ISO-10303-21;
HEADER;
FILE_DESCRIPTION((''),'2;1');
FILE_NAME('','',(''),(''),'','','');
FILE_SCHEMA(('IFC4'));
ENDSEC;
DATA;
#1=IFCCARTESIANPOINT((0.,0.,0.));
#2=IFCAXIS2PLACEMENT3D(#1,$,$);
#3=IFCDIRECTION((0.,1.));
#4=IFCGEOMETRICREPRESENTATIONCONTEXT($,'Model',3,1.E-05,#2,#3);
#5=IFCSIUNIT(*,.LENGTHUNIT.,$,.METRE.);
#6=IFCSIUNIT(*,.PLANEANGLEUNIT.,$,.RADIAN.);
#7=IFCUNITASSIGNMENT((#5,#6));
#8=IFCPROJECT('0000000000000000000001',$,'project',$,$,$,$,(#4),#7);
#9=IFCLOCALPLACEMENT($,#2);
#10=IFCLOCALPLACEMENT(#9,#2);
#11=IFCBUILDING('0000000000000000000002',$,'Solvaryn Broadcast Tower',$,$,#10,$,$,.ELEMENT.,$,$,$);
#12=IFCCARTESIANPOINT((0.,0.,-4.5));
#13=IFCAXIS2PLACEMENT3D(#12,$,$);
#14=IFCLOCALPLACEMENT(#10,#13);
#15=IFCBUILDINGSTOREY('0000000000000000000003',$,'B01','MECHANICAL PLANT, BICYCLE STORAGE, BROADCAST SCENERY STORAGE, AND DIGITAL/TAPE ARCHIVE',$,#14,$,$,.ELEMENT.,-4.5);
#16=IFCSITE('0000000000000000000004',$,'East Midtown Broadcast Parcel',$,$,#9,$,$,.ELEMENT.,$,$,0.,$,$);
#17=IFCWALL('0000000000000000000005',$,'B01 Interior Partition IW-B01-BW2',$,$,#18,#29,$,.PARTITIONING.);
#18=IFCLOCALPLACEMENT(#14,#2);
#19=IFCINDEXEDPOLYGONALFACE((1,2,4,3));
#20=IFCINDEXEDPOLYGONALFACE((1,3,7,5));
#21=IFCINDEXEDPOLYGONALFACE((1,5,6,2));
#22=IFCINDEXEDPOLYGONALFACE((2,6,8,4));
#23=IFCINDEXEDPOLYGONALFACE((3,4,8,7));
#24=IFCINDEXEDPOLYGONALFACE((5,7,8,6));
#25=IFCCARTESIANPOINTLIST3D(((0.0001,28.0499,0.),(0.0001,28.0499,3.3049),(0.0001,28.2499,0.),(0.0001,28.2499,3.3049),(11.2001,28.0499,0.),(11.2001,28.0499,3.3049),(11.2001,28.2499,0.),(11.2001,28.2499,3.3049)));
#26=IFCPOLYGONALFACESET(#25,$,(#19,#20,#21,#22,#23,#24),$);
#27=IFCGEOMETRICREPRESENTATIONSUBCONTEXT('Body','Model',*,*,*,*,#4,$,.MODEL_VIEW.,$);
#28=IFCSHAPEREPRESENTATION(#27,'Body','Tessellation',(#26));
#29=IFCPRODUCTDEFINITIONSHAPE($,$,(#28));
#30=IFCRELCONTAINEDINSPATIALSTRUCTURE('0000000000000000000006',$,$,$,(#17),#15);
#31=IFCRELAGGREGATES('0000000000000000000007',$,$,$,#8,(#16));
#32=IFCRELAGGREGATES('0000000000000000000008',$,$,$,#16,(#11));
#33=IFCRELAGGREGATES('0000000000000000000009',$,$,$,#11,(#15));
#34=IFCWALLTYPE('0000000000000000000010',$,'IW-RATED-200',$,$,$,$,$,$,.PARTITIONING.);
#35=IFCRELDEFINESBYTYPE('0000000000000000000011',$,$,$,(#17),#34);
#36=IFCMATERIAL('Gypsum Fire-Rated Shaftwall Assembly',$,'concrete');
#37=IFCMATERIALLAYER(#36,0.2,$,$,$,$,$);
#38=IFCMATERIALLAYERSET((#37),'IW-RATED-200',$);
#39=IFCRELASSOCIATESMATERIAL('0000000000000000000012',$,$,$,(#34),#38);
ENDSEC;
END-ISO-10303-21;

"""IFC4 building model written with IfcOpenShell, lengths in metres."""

from ifc_helpers import new_model, si_unit, direction, frame, frame_2d, origin, place, context, subcontext, project, spatial, rectangle, extrude, material, layer, layer_set, type_object, element, save


model = new_model("IFC4")

# Units and contexts
model_context = context("Model", 3, precision=1e-05, world=origin(), true_north=direction((0.0, 1.0)))
body_context = subcontext(model_context, "Body", "Model", "MODEL_VIEW")
ifc_project = project(units=[si_unit("LENGTHUNIT", "METRE"), si_unit("PLANEANGLEUNIT", "RADIAN")], contexts=[model_context])

# Site, building, storey
site_placement = place(None, origin())
site = spatial("IfcSite", under=ifc_project, at=site_placement, Name="East Midtown Broadcast Parcel", CompositionType="ELEMENT", RefElevation=0.0)
building_placement = place(site_placement, origin())
building = spatial("IfcBuilding", under=site, at=building_placement, Name="Solvaryn Broadcast Tower", CompositionType="ELEMENT")
storey_placement = place(building_placement, frame((0.0, 0.0, -4.5)))
storey = spatial("IfcBuildingStorey", under=building, at=storey_placement, Name="B01", Description="MECHANICAL PLANT, BICYCLE STORAGE, BROADCAST SCENERY STORAGE, AND DIGITAL/TAPE ARCHIVE", CompositionType="ELEMENT", Elevation=-4.5)

# Wall
ifc_material_1 = material(Name="Gypsum Fire-Rated Shaftwall Assembly", Category="concrete")
ifc_layer = layer(ifc_material_1, 0.2)
ifc_layer_set = layer_set([ifc_layer], Name="IW-RATED-200")
wall_type = type_object("IfcWallType", Name="IW-RATED-200", PredefinedType="PARTITIONING", material=ifc_layer_set)
wall_placement = place(storey_placement, frame((0.0, 28.1499, 0.0), z_axis=(0.0, 0.0, 1.0), x_axis=(1.0, 0.0, 0.0)))
element("IfcWall", 1, at=wall_placement, inside=storey, type_object=wall_type, Name="B01 Interior Partition IW-B01-BW2", PredefinedType="PARTITIONING", context=body_context, shape_type="SweptSolid", body=[
    extrude(rectangle(XDim=11.2, YDim=0.2, at=frame_2d((5.6001, 0.0))), origin(), (0.0, 0.0, 1.0), 3.3049),
])

save(model, "model.ifc")
